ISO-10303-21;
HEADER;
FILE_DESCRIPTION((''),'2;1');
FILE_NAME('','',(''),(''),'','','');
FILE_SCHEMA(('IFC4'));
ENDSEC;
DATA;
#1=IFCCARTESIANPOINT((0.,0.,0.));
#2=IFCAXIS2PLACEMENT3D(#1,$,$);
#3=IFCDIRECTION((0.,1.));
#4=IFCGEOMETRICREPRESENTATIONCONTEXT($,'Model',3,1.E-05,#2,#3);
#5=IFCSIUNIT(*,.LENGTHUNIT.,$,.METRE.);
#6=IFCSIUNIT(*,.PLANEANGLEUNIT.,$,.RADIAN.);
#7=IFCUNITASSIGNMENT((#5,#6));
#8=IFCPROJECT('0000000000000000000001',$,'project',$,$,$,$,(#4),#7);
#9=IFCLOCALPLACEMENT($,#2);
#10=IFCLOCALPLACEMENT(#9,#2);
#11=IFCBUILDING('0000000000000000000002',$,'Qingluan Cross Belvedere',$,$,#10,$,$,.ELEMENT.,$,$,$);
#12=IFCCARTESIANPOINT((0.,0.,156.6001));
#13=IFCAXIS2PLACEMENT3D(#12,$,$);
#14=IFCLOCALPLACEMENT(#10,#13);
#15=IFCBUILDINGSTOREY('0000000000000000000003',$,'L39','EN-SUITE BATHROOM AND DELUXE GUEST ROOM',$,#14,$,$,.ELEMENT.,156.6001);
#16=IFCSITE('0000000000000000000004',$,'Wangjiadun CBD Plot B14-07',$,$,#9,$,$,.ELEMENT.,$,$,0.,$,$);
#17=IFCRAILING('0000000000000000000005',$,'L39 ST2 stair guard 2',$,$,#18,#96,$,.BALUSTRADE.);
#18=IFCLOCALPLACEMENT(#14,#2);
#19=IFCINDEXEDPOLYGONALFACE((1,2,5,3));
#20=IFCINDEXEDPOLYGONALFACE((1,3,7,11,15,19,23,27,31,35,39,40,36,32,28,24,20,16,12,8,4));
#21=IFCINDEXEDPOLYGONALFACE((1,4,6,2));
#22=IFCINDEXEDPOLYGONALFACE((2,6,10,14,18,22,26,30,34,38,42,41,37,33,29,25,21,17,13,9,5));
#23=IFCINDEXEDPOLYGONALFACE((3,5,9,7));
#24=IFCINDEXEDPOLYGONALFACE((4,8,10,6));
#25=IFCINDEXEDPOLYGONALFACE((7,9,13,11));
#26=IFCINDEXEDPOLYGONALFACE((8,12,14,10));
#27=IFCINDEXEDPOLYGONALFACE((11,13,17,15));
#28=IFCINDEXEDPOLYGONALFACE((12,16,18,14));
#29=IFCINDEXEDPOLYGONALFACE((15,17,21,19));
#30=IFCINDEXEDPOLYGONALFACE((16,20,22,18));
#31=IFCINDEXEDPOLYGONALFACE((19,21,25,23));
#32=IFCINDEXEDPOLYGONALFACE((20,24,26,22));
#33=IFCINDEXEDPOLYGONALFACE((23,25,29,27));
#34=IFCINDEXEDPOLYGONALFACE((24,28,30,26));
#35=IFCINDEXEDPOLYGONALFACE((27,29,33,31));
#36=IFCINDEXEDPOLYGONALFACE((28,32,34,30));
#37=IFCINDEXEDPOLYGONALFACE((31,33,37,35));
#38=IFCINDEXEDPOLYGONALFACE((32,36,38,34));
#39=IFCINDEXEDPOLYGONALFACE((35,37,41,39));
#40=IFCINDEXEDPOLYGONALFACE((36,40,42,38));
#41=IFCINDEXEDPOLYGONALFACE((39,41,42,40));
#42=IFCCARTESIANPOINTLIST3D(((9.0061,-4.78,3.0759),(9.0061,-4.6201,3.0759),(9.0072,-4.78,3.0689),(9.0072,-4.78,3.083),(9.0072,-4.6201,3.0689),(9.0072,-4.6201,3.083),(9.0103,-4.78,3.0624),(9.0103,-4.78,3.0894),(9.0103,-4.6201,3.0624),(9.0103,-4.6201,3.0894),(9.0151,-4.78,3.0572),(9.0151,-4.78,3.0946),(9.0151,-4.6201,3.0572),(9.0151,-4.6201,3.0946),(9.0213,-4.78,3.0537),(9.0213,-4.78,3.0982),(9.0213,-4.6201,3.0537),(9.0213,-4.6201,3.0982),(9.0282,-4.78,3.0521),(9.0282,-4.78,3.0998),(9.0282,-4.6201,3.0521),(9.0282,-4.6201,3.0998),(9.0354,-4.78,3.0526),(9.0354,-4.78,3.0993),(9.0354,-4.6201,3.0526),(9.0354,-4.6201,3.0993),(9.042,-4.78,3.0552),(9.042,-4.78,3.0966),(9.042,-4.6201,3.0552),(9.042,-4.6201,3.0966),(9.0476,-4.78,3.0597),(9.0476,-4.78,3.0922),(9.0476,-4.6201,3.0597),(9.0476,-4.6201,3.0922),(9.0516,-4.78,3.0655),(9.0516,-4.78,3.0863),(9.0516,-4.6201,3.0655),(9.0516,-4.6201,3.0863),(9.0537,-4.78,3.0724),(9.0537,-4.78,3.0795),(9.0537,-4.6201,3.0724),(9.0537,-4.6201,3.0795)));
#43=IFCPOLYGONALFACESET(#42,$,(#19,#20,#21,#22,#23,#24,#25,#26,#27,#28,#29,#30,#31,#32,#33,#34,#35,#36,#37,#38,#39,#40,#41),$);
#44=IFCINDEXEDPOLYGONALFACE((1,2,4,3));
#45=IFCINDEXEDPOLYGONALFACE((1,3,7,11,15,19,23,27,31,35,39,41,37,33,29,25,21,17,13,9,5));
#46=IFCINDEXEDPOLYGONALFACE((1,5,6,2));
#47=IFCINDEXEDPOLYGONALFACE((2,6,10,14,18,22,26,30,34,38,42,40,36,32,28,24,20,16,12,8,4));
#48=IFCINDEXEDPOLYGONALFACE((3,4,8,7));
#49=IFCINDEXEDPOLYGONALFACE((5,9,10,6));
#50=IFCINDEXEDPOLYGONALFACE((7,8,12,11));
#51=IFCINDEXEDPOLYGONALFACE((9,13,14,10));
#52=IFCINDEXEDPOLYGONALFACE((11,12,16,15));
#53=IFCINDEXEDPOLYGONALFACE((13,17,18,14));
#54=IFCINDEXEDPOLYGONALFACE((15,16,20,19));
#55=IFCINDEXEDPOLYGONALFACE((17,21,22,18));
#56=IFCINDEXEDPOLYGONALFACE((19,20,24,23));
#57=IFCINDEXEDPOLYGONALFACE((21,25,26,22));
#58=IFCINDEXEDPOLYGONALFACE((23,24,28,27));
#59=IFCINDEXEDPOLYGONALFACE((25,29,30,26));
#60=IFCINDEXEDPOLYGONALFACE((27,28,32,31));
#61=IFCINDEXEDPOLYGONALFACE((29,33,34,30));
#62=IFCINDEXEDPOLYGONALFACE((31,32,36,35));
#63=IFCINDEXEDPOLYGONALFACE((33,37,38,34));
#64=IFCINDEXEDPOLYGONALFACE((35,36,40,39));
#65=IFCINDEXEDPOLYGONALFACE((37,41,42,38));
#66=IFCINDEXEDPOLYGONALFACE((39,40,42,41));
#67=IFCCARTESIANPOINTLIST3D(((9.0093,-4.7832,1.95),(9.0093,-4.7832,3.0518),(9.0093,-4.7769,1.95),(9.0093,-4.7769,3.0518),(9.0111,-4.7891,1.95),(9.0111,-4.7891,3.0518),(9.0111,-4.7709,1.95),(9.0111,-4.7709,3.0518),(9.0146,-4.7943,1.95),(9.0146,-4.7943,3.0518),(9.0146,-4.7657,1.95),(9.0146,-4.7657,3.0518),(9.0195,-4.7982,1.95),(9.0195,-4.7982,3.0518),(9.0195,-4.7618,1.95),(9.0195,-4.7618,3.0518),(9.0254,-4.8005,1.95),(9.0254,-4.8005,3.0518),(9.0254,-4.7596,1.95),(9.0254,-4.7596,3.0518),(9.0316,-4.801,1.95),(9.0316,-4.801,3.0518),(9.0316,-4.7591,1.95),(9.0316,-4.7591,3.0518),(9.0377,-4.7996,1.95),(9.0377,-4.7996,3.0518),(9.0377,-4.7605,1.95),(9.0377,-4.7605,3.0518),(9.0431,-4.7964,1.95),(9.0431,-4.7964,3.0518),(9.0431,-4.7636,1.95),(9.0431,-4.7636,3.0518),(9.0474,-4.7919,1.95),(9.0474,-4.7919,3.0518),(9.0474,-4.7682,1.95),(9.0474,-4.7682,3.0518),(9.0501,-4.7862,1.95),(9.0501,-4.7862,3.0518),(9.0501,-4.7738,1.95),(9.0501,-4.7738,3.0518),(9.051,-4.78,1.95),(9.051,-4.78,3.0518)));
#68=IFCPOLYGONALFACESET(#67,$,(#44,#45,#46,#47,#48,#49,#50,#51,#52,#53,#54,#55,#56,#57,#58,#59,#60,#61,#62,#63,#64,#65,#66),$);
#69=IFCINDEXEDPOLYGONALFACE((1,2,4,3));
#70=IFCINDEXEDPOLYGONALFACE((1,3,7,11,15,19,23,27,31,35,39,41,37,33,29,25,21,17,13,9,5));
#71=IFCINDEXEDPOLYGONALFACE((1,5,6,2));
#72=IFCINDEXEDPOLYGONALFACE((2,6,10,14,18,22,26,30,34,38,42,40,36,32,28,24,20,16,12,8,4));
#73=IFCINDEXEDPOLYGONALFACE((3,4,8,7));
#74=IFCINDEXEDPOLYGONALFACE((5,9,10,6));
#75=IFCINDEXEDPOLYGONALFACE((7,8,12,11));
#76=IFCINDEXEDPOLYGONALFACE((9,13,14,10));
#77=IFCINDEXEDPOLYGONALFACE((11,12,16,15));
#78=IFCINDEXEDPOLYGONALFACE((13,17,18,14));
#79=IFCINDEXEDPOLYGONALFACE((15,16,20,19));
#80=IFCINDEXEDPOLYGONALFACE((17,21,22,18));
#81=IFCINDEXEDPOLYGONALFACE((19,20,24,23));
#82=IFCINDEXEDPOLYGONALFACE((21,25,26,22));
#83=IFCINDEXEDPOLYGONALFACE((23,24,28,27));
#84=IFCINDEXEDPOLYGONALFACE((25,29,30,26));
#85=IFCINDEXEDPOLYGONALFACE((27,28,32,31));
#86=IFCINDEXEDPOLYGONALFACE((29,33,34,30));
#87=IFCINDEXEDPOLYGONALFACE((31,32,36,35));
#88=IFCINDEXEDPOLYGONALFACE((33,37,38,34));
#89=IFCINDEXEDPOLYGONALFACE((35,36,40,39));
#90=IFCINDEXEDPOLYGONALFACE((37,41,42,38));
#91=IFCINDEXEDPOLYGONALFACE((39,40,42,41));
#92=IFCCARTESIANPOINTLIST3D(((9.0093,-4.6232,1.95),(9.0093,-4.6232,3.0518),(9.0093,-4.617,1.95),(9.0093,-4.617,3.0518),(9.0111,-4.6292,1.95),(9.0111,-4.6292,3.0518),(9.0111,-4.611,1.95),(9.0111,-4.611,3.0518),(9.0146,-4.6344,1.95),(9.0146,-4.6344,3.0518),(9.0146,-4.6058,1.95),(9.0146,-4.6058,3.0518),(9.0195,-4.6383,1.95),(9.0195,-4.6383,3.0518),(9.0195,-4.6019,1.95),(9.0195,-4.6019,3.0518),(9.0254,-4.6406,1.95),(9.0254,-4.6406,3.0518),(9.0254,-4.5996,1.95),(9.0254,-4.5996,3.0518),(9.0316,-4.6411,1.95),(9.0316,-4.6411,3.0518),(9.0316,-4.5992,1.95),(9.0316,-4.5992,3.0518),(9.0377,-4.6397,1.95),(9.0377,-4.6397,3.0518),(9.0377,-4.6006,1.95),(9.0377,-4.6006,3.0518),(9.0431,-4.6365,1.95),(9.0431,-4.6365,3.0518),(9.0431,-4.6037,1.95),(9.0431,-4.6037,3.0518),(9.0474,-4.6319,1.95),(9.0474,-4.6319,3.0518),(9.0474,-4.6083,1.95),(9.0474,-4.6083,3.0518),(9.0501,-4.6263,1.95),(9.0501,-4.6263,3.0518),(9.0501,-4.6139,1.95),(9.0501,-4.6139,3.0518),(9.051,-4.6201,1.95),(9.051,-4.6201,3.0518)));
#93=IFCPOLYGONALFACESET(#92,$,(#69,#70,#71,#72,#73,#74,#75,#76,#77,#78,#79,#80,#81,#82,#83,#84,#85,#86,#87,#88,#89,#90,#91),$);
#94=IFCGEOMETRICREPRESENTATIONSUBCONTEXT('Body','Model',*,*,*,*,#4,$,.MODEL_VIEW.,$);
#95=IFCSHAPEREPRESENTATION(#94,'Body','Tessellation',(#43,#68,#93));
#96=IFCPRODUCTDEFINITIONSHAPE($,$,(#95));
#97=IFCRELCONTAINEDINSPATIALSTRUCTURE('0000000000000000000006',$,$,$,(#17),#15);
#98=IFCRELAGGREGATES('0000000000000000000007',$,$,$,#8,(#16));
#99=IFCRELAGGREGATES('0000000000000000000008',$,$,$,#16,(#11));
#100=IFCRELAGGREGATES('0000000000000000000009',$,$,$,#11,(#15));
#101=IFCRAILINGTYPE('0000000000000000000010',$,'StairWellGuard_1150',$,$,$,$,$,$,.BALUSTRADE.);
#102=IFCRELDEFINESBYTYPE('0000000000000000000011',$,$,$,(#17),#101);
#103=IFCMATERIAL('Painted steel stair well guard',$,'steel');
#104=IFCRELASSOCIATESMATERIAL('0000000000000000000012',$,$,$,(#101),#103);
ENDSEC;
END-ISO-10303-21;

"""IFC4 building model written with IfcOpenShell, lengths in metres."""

from ifc_helpers import new_model, si_unit, direction, frame, origin, origin_2d, place, context, subcontext, project, spatial, circle, extrude, material, type_object, element, save


model = new_model("IFC4")

# Units and contexts
model_context = context("Model", 3, precision=1e-05, world=origin(), true_north=direction((0.0, 1.0)))
body_context = subcontext(model_context, "Body", "Model", "MODEL_VIEW")
ifc_project = project(units=[si_unit("LENGTHUNIT", "METRE"), si_unit("PLANEANGLEUNIT", "RADIAN")], contexts=[model_context])

# Site, building, storey
site_placement = place(None, origin())
site = spatial("IfcSite", under=ifc_project, at=site_placement, Name="Wangjiadun CBD Plot B14-07", CompositionType="ELEMENT", RefElevation=0.0)
building_placement = place(site_placement, origin())
building = spatial("IfcBuilding", under=site, at=building_placement, Name="Qingluan Cross Belvedere", CompositionType="ELEMENT")
storey_placement = place(building_placement, frame((0.0, 0.0, 156.6001)))
storey = spatial("IfcBuildingStorey", under=building, at=storey_placement, Name="L39", Description="EN-SUITE BATHROOM AND DELUXE GUEST ROOM", CompositionType="ELEMENT", Elevation=156.6001)

# Railing
ifc_material_1 = material(Name="Painted steel stair well guard", Category="steel")
railing_type_1 = type_object("IfcRailingType", Name="StairWellGuard_1150", PredefinedType="BALUSTRADE", material=ifc_material_1)
railing_1_placement = place(storey_placement, frame((9.03, -4.78, 1.95)))
element("IfcRailing", 1, at=railing_1_placement, inside=storey, type_object=railing_type_1, Name="L39 ST2 stair guard 2", PredefinedType="BALUSTRADE", context=body_context, shape_type="SweptSolid", body=[
    extrude(circle(Radius=0.0239, at=origin_2d()), frame((0.0, 0.0, 1.126), z_axis=(0.0, 1.0, 0.0), x_axis=(-1.0, 0.0, 0.0)), (0.0, 0.0, 1.0), 0.1599),
    extrude(circle(Radius=0.021, at=origin_2d()), origin(), (0.0, 0.0, 1.0), 1.1018),
    extrude(circle(Radius=0.021, at=origin_2d()), frame((0.0, 0.1599, 0.0)), (0.0, 0.0, 1.0), 1.1018),
])

save(model, "model.ifc")
